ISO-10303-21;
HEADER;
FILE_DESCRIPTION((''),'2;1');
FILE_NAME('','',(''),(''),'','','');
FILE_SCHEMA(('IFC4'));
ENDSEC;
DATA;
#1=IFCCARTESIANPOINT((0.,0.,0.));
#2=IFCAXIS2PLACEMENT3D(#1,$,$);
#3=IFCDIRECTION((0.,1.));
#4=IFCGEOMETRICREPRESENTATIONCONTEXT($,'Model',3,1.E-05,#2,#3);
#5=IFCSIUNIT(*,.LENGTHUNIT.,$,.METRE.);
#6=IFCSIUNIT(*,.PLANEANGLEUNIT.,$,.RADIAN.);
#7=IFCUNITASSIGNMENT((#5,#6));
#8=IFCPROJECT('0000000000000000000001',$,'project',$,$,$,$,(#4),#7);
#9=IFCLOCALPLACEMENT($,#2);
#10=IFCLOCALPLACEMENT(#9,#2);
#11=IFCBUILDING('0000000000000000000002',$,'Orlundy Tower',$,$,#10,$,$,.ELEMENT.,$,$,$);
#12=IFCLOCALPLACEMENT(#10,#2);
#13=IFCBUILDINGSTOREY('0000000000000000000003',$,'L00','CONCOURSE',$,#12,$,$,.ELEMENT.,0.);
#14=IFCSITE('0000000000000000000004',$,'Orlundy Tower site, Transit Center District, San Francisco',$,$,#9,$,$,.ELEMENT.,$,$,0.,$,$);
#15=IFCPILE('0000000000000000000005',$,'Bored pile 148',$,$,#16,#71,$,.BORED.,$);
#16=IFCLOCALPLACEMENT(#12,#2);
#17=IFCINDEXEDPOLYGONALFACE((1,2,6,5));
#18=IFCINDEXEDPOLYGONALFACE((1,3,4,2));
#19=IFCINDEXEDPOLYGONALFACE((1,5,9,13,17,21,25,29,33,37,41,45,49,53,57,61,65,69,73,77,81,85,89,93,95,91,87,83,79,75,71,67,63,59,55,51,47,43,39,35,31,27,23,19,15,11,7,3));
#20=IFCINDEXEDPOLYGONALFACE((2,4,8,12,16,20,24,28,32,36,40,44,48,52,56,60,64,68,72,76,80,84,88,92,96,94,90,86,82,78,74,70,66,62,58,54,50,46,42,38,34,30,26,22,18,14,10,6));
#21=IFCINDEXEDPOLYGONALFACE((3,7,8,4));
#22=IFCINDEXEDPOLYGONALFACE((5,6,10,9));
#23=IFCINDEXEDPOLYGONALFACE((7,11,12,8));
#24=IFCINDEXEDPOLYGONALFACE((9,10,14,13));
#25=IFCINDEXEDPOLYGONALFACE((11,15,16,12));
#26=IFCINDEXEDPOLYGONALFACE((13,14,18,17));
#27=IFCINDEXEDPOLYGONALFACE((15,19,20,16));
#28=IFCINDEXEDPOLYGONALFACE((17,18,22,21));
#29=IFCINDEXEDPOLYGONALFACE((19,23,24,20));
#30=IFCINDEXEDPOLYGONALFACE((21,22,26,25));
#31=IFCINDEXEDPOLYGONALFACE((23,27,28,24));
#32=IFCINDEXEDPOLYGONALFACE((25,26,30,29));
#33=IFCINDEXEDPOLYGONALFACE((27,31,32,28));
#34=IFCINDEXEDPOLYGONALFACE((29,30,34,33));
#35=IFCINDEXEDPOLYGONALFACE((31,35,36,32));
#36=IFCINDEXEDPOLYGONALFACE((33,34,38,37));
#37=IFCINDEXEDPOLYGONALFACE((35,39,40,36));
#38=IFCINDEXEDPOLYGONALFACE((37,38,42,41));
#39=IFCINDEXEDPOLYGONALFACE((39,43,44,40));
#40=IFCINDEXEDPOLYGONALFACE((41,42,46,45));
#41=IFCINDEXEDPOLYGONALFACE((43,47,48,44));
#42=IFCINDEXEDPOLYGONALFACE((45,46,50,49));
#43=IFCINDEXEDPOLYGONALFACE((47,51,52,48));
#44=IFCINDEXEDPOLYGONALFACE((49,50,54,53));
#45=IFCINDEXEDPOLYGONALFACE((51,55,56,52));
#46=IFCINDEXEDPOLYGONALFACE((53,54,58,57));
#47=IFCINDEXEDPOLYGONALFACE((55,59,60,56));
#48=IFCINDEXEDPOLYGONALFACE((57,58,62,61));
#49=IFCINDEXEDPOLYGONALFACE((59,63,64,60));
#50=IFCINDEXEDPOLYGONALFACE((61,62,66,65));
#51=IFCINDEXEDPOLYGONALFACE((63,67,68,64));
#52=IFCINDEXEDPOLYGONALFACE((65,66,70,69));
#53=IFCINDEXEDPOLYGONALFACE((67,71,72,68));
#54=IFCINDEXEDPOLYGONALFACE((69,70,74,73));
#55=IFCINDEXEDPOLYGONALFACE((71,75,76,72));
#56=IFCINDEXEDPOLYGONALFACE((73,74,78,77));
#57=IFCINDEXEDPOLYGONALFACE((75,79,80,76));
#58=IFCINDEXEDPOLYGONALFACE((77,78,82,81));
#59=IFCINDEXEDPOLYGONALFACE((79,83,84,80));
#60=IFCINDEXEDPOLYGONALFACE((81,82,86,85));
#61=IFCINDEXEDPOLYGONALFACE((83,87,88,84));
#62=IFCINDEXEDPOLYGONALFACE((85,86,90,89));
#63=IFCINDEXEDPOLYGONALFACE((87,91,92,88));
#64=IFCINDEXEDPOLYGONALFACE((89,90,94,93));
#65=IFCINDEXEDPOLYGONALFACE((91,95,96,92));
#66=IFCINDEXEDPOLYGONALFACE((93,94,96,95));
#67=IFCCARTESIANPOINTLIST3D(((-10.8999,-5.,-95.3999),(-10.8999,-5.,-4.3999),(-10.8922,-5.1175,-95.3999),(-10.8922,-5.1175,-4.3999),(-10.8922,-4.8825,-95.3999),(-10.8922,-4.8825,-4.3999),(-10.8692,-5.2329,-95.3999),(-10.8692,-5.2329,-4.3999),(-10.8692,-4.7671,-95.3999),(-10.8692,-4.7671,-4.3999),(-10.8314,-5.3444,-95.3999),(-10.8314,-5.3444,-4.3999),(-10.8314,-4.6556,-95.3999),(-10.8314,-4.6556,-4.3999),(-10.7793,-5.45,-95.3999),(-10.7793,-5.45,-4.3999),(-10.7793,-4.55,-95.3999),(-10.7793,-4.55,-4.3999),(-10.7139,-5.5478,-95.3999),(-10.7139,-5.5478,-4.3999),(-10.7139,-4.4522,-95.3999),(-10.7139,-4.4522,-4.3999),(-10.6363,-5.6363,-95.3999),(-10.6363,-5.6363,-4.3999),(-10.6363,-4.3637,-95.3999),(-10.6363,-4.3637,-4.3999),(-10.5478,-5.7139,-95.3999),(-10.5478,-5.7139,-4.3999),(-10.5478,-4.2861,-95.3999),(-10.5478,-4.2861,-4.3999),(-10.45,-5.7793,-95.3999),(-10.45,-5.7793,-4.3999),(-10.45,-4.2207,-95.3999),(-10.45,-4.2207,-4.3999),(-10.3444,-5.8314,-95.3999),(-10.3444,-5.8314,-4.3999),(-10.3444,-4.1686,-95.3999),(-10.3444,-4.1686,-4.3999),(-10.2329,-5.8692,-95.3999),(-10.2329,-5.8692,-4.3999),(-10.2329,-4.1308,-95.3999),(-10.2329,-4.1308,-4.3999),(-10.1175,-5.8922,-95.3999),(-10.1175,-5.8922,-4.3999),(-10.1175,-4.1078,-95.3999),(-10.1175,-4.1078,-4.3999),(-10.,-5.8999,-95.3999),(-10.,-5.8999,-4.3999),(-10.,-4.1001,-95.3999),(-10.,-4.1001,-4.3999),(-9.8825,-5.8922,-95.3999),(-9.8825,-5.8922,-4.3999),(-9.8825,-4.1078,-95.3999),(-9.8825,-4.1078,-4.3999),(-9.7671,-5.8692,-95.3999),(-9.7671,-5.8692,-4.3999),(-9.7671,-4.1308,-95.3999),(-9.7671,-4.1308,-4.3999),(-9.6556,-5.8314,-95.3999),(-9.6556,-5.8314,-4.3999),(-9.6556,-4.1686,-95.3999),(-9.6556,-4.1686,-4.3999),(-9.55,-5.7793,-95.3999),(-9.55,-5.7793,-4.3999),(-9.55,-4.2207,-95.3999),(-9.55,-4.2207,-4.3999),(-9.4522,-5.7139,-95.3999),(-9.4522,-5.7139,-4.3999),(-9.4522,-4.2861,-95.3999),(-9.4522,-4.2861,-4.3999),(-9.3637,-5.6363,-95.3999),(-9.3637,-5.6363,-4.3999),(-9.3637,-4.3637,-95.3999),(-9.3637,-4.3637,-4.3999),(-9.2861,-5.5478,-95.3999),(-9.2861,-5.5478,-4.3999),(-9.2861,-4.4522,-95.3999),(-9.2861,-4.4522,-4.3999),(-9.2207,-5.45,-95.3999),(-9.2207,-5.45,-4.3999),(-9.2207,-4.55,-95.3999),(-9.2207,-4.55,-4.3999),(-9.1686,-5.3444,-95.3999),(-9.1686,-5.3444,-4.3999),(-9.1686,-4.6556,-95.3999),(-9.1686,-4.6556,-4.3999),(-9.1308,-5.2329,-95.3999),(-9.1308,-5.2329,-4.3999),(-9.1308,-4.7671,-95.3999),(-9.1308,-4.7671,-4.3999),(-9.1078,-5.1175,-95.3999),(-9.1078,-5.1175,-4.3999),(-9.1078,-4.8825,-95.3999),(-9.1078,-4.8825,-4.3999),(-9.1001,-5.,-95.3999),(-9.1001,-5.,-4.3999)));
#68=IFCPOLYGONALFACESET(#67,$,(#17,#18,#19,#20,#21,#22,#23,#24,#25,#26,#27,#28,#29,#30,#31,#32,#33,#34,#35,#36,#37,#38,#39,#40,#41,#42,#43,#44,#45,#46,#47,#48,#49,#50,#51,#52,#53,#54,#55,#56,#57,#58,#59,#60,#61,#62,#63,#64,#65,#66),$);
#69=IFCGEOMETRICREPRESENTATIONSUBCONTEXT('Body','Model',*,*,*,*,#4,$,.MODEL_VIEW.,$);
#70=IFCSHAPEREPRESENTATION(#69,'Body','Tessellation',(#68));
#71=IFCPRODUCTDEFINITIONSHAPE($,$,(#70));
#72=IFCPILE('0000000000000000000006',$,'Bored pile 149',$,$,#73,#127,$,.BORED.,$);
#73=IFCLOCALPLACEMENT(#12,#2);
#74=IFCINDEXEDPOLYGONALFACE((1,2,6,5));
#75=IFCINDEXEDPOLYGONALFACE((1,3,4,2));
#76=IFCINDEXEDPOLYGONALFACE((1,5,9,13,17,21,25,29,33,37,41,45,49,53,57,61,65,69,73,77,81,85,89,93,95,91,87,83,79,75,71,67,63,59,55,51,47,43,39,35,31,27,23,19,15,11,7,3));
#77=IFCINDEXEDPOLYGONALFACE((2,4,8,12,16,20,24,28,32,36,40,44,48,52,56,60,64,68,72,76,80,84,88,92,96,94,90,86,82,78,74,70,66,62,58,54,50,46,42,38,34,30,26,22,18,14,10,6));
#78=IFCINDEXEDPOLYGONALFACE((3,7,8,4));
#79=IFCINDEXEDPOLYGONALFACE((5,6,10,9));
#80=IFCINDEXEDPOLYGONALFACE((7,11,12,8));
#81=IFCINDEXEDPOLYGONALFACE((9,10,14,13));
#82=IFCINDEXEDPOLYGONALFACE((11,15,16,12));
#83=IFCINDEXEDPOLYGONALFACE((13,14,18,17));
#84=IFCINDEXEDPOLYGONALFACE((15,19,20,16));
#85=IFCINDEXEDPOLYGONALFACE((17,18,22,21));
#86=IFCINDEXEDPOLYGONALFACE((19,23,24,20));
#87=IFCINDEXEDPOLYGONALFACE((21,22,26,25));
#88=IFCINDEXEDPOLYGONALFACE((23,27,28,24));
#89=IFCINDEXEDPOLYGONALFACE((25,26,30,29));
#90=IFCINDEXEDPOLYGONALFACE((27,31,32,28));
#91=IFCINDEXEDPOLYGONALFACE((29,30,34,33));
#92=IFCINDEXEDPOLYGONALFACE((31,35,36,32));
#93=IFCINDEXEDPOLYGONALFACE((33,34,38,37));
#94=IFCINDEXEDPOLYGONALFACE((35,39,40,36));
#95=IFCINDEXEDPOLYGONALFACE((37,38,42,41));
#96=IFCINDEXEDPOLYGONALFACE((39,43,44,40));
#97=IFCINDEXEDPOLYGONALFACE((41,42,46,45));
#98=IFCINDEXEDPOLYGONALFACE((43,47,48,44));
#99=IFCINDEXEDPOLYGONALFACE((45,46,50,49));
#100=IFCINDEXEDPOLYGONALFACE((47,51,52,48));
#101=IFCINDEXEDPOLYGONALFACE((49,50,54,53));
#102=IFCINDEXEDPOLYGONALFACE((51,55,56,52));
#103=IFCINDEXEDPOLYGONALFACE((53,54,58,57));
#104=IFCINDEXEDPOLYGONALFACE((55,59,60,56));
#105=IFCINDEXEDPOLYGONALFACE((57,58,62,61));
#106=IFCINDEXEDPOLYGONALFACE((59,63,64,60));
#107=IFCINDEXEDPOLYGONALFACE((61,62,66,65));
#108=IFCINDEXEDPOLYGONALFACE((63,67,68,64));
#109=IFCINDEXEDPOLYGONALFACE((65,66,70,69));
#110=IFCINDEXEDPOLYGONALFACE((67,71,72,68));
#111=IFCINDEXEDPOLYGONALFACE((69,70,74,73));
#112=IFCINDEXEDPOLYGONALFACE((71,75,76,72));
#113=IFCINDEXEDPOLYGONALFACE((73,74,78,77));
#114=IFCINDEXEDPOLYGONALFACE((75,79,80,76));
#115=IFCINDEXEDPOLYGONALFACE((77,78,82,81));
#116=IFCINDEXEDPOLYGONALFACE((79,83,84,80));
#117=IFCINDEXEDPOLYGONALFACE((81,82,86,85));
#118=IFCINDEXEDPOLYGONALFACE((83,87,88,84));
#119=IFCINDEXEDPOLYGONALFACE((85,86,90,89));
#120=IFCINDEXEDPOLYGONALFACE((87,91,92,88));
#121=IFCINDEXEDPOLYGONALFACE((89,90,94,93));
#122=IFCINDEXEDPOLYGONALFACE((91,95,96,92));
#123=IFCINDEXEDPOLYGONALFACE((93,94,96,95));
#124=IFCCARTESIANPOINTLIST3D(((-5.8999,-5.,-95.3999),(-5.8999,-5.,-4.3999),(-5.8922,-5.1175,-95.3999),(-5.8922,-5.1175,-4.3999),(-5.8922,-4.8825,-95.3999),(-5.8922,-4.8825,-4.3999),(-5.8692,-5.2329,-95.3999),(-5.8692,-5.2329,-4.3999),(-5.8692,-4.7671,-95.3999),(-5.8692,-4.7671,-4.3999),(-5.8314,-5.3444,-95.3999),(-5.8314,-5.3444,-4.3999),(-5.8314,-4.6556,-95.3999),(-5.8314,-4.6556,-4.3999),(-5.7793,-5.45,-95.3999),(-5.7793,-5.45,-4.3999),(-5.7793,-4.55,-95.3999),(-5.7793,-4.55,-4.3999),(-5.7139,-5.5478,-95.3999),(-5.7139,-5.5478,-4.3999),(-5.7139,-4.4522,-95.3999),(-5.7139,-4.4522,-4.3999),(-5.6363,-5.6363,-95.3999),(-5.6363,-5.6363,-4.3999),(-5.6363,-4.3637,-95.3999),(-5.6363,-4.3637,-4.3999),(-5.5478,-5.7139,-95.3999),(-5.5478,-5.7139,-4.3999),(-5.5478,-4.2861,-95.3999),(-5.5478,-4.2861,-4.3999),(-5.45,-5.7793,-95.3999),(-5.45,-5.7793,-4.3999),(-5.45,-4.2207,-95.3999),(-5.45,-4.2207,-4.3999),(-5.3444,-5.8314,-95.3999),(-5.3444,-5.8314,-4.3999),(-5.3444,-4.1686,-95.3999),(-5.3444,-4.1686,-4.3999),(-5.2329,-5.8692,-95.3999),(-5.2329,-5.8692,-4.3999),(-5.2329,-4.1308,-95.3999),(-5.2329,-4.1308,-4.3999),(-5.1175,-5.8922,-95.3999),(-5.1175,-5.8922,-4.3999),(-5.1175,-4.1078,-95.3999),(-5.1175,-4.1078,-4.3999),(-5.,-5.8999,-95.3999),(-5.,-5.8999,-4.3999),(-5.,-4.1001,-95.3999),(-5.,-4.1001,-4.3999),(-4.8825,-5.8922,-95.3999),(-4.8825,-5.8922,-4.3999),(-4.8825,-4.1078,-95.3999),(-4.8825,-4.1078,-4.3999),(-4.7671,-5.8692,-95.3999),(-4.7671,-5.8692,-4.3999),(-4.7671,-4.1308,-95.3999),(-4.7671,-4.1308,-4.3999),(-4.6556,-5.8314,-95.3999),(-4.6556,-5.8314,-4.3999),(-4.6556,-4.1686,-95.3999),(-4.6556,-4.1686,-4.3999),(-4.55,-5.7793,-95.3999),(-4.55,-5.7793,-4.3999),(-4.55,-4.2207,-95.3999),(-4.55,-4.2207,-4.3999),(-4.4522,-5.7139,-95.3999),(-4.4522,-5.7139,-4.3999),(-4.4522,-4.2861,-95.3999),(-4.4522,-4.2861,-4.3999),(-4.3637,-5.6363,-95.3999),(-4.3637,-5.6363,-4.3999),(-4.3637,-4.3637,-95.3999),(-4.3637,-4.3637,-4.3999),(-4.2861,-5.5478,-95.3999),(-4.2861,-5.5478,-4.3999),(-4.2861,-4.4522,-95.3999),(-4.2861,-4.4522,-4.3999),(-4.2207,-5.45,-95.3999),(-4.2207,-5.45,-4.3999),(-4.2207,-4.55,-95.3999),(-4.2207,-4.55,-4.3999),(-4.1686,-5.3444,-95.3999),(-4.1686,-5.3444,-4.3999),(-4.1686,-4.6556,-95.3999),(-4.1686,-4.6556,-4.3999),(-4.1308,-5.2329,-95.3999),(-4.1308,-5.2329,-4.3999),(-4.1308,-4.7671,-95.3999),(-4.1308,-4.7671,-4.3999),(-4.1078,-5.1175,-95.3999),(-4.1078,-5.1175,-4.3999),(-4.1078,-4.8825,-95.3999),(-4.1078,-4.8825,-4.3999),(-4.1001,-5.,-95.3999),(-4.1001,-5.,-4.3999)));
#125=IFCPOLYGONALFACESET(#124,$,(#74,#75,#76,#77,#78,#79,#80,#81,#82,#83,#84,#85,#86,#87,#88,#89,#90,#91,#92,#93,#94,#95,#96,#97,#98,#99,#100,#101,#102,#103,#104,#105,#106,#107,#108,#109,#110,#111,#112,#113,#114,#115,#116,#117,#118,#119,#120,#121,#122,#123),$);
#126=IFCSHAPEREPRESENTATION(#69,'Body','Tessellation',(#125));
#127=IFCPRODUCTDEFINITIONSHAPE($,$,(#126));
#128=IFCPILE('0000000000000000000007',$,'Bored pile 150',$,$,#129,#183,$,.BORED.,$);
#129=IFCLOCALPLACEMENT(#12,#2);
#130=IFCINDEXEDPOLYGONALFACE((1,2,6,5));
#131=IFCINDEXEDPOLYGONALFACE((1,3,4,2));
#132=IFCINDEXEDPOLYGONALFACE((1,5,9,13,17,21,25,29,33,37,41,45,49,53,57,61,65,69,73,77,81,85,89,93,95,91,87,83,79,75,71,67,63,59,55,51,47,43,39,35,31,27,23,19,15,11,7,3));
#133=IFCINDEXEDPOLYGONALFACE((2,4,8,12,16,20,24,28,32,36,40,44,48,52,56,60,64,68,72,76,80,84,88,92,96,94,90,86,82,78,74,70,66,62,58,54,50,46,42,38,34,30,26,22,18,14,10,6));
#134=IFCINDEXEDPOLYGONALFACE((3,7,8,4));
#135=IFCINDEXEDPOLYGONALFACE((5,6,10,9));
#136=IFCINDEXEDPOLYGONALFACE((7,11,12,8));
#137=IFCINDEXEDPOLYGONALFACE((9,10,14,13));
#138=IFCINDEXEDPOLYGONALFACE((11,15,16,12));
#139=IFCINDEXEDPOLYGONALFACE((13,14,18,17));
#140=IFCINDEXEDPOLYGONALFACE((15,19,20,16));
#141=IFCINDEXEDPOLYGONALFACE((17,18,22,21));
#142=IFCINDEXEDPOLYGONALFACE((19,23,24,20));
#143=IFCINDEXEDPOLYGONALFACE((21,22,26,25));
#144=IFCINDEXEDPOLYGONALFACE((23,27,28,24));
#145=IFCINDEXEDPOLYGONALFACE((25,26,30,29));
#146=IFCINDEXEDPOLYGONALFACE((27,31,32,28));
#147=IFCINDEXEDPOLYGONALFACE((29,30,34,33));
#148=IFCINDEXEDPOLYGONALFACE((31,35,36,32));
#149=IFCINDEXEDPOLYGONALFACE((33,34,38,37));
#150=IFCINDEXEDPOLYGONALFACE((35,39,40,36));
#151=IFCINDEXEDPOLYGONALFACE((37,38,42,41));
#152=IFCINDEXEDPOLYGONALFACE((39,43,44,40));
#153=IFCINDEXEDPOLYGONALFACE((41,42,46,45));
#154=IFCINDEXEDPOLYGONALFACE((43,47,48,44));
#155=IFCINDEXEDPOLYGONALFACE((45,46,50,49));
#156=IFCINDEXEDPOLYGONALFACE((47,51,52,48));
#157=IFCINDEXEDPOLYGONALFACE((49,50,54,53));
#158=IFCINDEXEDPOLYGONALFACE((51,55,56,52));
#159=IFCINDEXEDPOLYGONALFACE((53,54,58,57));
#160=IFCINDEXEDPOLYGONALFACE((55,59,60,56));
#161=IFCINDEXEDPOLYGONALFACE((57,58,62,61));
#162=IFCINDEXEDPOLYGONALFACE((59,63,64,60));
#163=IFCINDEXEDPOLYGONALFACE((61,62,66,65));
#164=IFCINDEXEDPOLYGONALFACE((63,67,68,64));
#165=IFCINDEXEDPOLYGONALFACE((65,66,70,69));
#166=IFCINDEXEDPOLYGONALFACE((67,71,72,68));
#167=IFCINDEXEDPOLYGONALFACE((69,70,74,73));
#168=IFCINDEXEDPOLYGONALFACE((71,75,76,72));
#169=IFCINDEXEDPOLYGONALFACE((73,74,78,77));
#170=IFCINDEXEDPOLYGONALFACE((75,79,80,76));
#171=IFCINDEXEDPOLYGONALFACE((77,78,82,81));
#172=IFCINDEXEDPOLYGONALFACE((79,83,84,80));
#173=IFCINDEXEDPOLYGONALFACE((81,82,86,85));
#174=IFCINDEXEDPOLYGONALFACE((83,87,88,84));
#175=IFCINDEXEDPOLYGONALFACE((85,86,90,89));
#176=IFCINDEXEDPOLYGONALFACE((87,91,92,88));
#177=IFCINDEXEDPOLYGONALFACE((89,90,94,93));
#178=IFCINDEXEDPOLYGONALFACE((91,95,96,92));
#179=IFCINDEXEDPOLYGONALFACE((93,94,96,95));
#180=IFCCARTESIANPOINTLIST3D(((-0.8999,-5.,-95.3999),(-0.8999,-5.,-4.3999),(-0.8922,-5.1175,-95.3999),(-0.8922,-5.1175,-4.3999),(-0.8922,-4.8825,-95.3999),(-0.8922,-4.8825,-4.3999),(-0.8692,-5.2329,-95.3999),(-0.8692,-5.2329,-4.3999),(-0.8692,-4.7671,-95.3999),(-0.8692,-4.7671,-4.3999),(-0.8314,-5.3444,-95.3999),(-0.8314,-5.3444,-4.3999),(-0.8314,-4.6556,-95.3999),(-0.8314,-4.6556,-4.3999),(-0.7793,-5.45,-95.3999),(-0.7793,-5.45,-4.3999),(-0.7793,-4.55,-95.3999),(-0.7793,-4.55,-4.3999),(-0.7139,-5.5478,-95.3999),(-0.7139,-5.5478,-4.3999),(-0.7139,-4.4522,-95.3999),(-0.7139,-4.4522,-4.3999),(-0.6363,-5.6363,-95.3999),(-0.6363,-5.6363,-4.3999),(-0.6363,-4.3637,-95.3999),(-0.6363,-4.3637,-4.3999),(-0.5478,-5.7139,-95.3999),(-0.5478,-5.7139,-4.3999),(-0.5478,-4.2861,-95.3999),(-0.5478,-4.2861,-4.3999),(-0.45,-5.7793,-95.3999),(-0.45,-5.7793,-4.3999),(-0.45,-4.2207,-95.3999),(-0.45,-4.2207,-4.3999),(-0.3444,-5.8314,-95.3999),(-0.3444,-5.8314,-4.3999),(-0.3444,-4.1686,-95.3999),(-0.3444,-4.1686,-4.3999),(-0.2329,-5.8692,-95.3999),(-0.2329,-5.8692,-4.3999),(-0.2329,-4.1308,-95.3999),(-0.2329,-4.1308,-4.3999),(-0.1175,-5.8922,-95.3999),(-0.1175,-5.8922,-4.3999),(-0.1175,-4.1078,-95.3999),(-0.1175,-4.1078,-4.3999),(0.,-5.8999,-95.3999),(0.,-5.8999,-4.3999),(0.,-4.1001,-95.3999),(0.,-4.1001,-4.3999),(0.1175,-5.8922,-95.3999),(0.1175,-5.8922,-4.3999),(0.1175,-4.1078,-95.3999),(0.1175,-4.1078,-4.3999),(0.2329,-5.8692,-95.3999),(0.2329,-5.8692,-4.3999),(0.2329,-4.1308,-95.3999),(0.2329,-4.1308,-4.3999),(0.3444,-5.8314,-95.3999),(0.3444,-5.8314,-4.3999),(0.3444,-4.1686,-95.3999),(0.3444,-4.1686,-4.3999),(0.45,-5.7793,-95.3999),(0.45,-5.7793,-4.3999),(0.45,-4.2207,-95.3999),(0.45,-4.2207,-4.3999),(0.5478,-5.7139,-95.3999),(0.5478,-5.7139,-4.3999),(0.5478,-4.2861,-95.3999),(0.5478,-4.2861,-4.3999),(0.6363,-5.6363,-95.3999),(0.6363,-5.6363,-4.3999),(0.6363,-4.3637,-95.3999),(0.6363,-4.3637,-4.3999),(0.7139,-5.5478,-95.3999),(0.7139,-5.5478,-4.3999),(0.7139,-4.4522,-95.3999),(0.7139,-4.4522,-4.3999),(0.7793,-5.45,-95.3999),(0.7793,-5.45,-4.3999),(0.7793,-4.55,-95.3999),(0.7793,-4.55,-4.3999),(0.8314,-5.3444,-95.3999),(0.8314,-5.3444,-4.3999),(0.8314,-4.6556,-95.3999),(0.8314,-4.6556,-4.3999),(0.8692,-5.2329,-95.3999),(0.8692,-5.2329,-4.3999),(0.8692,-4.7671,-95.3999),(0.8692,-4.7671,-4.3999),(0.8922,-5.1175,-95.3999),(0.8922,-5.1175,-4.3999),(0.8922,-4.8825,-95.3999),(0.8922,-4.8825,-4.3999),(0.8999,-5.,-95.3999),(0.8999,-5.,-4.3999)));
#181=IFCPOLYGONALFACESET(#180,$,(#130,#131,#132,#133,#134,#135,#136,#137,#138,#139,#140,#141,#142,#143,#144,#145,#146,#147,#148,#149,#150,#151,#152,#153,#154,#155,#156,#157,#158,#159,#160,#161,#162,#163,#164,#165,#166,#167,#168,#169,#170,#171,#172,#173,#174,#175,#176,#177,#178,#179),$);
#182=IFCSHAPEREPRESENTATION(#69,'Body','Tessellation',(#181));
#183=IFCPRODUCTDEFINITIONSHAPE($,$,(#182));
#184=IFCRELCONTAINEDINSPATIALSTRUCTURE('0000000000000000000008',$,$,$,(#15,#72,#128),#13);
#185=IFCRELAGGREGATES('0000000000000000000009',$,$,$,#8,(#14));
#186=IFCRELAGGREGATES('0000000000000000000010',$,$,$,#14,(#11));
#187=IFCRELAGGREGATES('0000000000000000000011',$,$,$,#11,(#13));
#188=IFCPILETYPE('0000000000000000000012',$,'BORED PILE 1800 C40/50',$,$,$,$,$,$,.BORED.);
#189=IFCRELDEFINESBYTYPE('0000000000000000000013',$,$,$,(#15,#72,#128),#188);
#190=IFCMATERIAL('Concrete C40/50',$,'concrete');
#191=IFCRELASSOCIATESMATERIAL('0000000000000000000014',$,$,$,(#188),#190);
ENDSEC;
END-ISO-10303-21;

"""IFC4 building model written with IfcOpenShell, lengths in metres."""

from ifc_helpers import new_model, si_unit, direction, frame, origin, origin_2d, place, context, subcontext, project, spatial, circle, extrude, material, material_profile, profile_set, type_object, element, save


model = new_model("IFC4")

# Units and contexts
model_context = context("Model", 3, precision=1e-05, world=origin(), true_north=direction((0.0, 1.0)))
body_context = subcontext(model_context, "Body", "Model", "MODEL_VIEW")
ifc_project = project(units=[si_unit("LENGTHUNIT", "METRE"), si_unit("PLANEANGLEUNIT", "RADIAN")], contexts=[model_context])

# Site, building, storey
site_placement = place(None, origin())
site = spatial("IfcSite", under=ifc_project, at=site_placement, Name="Orlundy Tower site, Transit Center District, San Francisco", CompositionType="ELEMENT", RefElevation=0.0)
building_placement = place(site_placement, origin())
building = spatial("IfcBuilding", under=site, at=building_placement, Name="Orlundy Tower", CompositionType="ELEMENT")
storey_placement = place(building_placement, origin())
storey = spatial("IfcBuildingStorey", under=building, at=storey_placement, Name="L00", Description="CONCOURSE", CompositionType="ELEMENT", Elevation=0.0)

# Piles
ifc_material_1 = material(Name="Concrete C40/50", Category="concrete")
ifc_material_profile = material_profile(ifc_material_1, circle(Radius=0.8999, at=origin_2d()), Name="BP1800")
ifc_profile_set = profile_set([ifc_material_profile], Name="Concrete C40/50")
pile_type = type_object("IfcPileType", Name="BORED PILE 1800 C40/50", PredefinedType="BORED", material=ifc_profile_set)
for number, where, z_axis, x_axis, name in (
    (1, (-10.0, -5.0, -4.3999), (0.0, 0.0, -1.0), (1.0, 0.0, 0.0), "Bored pile 148"),
    (2, (-5.0, -5.0, -4.3999), (0.0, 0.0, -1.0), (1.0, 0.0, 0.0), "Bored pile 149"),
    (3, (0.0, -5.0, -4.3999), (0.0, 0.0, -1.0), (1.0, 0.0, 0.0), "Bored pile 150"),
):
    element("IfcPile", number, at=place(storey_placement, frame(where, z_axis=z_axis, x_axis=x_axis)), inside=storey, type_object=pile_type, Name=name, PredefinedType="BORED", context=body_context, shape_type="SweptSolid", body=[
        extrude(circle(Radius=0.8999, at=origin_2d()), origin(), (0.0, 0.0, 1.0), 91.0),
    ])

save(model, "model.ifc")
